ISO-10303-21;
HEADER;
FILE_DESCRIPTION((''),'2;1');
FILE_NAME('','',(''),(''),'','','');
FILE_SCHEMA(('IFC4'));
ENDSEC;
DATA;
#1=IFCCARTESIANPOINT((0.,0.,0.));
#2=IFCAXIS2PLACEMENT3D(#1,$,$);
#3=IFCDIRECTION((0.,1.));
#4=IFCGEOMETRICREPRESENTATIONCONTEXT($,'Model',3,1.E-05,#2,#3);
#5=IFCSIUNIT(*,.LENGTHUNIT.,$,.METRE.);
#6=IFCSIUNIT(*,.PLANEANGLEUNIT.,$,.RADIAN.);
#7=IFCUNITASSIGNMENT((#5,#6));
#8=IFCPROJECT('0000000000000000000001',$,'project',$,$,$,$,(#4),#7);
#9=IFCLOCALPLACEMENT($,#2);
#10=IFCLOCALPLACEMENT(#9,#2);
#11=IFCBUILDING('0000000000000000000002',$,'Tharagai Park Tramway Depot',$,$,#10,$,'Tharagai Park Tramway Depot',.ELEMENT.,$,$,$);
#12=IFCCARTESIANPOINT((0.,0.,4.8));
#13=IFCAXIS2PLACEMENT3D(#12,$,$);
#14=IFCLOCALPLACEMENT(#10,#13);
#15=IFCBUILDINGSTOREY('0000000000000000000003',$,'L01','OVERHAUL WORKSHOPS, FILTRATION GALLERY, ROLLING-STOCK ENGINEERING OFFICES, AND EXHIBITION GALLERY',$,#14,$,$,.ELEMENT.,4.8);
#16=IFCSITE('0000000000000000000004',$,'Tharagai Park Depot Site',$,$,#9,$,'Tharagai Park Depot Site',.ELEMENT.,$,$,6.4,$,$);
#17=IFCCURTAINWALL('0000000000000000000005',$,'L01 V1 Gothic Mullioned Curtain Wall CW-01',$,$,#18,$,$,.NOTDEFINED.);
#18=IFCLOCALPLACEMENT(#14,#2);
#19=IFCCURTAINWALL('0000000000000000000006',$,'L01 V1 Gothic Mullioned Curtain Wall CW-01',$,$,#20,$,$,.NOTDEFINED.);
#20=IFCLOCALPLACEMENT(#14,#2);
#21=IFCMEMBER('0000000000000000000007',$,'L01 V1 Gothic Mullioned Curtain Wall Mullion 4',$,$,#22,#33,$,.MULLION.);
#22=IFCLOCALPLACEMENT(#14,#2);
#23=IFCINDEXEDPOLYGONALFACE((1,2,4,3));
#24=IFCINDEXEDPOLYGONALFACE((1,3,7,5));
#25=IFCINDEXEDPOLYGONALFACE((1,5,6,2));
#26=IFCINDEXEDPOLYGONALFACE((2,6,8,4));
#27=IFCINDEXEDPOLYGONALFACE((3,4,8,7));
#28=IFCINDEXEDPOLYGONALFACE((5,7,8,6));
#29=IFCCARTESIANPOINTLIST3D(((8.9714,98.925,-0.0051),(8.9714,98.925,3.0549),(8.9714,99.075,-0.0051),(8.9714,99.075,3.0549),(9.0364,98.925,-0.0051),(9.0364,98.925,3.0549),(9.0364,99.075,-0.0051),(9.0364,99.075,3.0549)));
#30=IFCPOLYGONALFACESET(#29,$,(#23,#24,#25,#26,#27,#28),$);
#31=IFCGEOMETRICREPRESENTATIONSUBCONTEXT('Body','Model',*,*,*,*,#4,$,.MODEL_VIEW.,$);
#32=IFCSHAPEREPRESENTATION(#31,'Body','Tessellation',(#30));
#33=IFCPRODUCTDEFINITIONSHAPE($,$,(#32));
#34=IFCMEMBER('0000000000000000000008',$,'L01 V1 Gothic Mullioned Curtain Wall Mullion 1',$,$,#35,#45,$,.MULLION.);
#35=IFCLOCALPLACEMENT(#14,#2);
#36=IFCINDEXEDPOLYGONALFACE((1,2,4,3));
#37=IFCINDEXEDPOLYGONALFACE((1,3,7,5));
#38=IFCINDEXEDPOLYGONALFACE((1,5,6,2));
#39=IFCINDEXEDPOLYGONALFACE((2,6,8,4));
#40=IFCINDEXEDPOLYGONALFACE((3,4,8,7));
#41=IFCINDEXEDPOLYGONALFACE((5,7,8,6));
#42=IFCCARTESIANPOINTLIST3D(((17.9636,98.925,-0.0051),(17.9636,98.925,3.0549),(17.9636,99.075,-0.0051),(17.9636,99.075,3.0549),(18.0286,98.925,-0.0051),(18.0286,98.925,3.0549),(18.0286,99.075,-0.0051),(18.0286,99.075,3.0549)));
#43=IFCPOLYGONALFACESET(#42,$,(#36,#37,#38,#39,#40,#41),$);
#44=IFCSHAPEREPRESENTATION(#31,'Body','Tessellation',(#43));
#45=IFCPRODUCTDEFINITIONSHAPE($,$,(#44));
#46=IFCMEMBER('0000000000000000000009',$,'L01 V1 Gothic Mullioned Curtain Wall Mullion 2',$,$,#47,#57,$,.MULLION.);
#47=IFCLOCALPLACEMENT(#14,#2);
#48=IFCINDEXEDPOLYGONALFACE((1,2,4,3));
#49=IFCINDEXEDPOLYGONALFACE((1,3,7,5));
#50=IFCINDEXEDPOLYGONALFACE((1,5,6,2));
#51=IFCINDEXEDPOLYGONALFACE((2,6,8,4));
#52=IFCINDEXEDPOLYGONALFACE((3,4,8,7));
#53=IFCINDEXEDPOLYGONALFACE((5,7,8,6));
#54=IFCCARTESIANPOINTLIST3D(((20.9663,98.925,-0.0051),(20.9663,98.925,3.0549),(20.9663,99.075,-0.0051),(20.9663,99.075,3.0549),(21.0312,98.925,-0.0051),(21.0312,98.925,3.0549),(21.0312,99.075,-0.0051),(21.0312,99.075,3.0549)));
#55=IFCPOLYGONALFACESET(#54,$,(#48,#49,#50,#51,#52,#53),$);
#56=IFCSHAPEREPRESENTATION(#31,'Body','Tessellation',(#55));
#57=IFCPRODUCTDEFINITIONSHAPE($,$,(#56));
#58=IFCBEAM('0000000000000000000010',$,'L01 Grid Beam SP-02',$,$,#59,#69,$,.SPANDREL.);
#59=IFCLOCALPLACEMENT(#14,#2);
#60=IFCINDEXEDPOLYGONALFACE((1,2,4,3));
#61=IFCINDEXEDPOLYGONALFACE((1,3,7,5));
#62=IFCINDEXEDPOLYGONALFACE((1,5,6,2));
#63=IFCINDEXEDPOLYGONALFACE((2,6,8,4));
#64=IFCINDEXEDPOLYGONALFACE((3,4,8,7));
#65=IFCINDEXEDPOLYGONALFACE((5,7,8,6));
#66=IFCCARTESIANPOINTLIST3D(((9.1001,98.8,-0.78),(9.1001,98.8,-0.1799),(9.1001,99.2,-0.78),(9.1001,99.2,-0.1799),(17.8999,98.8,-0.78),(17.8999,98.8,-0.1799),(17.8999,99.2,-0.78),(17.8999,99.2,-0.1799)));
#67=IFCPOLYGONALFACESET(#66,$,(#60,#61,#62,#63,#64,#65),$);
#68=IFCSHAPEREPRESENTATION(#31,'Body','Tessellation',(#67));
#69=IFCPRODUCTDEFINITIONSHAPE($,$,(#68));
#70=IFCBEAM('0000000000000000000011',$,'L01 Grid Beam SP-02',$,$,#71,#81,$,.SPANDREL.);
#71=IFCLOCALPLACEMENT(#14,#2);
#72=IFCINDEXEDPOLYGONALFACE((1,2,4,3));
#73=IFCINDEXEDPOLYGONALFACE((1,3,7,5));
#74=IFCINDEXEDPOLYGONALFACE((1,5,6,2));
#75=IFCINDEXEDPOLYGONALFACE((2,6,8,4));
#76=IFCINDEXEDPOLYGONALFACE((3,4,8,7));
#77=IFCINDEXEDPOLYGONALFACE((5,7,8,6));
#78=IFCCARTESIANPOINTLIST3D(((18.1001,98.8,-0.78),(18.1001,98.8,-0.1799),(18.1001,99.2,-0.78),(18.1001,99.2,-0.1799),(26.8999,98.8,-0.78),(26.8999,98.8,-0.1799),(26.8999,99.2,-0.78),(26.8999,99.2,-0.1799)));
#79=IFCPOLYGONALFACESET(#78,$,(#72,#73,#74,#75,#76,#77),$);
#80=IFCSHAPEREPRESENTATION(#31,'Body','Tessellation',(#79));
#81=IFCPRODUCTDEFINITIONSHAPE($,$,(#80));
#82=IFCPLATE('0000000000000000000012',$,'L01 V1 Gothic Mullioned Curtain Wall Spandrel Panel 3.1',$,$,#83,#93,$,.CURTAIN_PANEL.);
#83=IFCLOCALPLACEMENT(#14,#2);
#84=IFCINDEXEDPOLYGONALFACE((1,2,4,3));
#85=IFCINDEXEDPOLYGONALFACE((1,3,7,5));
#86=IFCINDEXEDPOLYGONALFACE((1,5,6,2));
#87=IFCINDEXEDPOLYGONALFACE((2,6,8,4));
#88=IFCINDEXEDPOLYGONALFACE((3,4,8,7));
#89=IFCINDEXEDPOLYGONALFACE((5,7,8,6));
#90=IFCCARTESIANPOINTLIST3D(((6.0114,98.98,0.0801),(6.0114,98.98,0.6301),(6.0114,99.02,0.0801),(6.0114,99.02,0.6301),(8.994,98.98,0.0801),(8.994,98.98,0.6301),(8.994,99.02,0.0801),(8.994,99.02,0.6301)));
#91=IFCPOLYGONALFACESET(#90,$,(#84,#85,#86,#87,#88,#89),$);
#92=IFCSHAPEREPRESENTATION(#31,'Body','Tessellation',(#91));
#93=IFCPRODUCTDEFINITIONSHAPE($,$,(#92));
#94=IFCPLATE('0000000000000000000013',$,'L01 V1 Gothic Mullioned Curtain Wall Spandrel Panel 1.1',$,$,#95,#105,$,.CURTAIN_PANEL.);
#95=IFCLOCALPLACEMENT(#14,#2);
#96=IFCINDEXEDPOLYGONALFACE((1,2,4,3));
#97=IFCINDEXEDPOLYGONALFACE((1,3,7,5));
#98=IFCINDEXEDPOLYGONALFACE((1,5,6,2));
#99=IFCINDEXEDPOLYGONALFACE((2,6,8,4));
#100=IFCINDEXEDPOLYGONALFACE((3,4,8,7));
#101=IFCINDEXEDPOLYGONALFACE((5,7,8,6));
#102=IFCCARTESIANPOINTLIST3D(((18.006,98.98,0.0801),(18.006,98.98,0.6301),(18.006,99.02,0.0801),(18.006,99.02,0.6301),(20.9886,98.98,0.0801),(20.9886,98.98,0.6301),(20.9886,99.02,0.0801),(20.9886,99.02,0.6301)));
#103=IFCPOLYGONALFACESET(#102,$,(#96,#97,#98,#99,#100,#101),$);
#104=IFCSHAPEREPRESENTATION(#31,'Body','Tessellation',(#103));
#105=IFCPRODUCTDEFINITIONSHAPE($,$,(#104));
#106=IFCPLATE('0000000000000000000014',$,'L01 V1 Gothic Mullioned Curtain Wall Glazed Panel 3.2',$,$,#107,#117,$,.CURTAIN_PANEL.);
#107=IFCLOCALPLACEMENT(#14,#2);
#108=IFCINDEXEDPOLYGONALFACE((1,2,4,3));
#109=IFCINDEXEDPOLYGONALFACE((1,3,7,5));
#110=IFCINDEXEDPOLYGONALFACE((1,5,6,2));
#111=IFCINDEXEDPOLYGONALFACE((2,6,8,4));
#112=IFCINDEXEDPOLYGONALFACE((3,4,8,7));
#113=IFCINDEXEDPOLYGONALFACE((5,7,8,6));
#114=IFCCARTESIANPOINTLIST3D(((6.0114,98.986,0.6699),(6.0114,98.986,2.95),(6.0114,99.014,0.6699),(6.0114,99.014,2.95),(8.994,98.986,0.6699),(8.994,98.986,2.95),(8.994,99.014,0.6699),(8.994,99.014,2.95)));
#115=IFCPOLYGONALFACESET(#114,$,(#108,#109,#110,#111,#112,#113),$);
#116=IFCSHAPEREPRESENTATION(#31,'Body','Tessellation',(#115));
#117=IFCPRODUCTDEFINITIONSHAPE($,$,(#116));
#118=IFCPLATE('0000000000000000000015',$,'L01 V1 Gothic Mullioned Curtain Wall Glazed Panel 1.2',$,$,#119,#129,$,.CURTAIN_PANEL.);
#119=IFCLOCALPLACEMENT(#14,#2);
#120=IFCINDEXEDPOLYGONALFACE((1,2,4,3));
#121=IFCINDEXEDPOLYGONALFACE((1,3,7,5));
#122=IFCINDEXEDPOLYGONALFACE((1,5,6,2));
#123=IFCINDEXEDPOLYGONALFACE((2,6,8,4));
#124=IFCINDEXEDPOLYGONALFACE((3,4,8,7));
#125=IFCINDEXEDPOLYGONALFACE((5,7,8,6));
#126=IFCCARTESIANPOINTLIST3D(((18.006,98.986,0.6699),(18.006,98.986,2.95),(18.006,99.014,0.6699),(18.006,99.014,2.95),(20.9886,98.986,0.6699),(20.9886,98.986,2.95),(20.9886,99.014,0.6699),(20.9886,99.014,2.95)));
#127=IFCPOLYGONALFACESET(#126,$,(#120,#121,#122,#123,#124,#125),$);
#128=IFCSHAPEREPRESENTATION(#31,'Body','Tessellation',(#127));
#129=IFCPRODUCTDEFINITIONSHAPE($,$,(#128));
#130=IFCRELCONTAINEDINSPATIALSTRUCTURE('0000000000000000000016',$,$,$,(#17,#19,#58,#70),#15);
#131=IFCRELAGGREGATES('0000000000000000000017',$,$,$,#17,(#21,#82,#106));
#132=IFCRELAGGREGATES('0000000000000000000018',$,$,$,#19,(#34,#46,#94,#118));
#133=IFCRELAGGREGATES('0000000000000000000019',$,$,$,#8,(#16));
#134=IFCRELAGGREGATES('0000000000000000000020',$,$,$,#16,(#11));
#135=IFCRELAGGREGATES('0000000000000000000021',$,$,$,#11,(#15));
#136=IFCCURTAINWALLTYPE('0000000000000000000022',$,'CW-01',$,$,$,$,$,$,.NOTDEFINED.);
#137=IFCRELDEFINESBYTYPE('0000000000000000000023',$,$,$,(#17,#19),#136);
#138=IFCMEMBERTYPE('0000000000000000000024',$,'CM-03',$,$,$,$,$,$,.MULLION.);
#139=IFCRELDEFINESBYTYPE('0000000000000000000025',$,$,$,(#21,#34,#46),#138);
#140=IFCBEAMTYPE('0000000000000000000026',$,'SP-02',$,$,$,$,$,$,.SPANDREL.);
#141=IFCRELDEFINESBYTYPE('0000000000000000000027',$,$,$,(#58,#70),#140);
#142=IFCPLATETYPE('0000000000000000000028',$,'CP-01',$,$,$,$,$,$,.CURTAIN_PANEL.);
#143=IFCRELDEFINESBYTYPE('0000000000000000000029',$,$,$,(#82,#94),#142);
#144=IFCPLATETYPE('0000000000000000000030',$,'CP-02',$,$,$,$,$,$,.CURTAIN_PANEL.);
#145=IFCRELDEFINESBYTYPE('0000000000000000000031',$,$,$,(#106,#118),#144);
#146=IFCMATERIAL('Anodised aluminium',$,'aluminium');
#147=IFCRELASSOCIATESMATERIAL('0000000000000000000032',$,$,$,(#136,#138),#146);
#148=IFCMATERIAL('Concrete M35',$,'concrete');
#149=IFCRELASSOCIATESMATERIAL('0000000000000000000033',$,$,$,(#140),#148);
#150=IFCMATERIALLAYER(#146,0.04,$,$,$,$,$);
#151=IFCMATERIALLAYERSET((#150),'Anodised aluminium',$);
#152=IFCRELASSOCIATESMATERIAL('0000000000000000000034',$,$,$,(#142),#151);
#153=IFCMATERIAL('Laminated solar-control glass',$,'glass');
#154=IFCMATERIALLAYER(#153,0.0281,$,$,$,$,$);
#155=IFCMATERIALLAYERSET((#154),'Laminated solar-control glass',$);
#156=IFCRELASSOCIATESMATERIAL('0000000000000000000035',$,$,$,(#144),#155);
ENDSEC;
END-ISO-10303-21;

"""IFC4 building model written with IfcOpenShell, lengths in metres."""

from ifc_helpers import new_model, si_unit, direction, frame, origin, origin_2d, place, context, subcontext, project, spatial, rectangle, extrude, material, layer, layer_set, material_profile, profile_set, type_object, element, aggregate, save


model = new_model("IFC4")

# Units and contexts
model_context = context("Model", 3, precision=1e-05, world=origin(), true_north=direction((0.0, 1.0)))
body_context = subcontext(model_context, "Body", "Model", "MODEL_VIEW")
ifc_project = project(units=[si_unit("LENGTHUNIT", "METRE"), si_unit("PLANEANGLEUNIT", "RADIAN")], contexts=[model_context])

# Site, building, storey
site_placement = place(None, origin())
site = spatial("IfcSite", under=ifc_project, at=site_placement, Name="Tharagai Park Depot Site", LongName="Tharagai Park Depot Site", CompositionType="ELEMENT", RefElevation=6.4)
building_placement = place(site_placement, origin())
building = spatial("IfcBuilding", under=site, at=building_placement, Name="Tharagai Park Tramway Depot", LongName="Tharagai Park Tramway Depot", CompositionType="ELEMENT")
storey_placement = place(building_placement, frame((0.0, 0.0, 4.8)))
storey = spatial("IfcBuildingStorey", under=building, at=storey_placement, Name="L01", Description="OVERHAUL WORKSHOPS, FILTRATION GALLERY, ROLLING-STOCK ENGINEERING OFFICES, AND EXHIBITION GALLERY", CompositionType="ELEMENT", Elevation=4.8)

# Curtain walls
ifc_material_1 = material(Name="Anodised aluminium", Category="aluminium")
curtain_wall_type = type_object("IfcCurtainWallType", Name="CW-01", PredefinedType="NOTDEFINED", material=ifc_material_1)
curtain_wall_1_placement = place(storey_placement, origin())
curtain_wall_1 = element("IfcCurtainWall", 1, at=curtain_wall_1_placement, inside=storey, type_object=curtain_wall_type, Name="L01 V1 Gothic Mullioned Curtain Wall CW-01", PredefinedType="NOTDEFINED")
curtain_wall_2_placement = place(storey_placement, origin())
curtain_wall_2 = element("IfcCurtainWall", 2, at=curtain_wall_2_placement, inside=storey, type_object=curtain_wall_type, Name="L01 V1 Gothic Mullioned Curtain Wall CW-01", PredefinedType="NOTDEFINED")

# Members
ifc_material_profile_1 = material_profile(ifc_material_1, rectangle(XDim=0.0649, YDim=0.1499, at=origin_2d()), Name="ALU 65x150")
ifc_profile_set_1 = profile_set([ifc_material_profile_1], Name="Anodised aluminium")
member_type_1 = type_object("IfcMemberType", Name="CM-03", PredefinedType="MULLION", material=ifc_profile_set_1)
member_1_placement = place(storey_placement, frame((9.0039, 99.0, -0.0051), z_axis=(0.0, 0.0, 1.0), x_axis=(1.0, 0.0, 0.0)))
member_1 = element("IfcMember", 3, at=member_1_placement, type_object=member_type_1, Name="L01 V1 Gothic Mullioned Curtain Wall Mullion 4", PredefinedType="MULLION", context=body_context, shape_type="SweptSolid", body=[
    extrude(rectangle(XDim=0.0649, YDim=0.1499, at=origin_2d()), origin(), (0.0, 0.0, 1.0), 3.0601),
])
member_2_placement = place(storey_placement, frame((17.9961, 99.0, -0.0051), z_axis=(0.0, 0.0, 1.0), x_axis=(1.0, 0.0, 0.0)))
member_2 = element("IfcMember", 4, at=member_2_placement, type_object=member_type_1, Name="L01 V1 Gothic Mullioned Curtain Wall Mullion 1", PredefinedType="MULLION", context=body_context, shape_type="SweptSolid", body=[
    extrude(rectangle(XDim=0.0649, YDim=0.1499, at=origin_2d()), origin(), (0.0, 0.0, 1.0), 3.0601),
])
member_3_placement = place(storey_placement, frame((20.9988, 99.0, -0.0051), z_axis=(0.0, 0.0, 1.0), x_axis=(1.0, 0.0, 0.0)))
member_3 = element("IfcMember", 5, at=member_3_placement, type_object=member_type_1, Name="L01 V1 Gothic Mullioned Curtain Wall Mullion 2", PredefinedType="MULLION", context=body_context, shape_type="SweptSolid", body=[
    extrude(rectangle(XDim=0.0649, YDim=0.1499, at=origin_2d()), origin(), (0.0, 0.0, 1.0), 3.0601),
])

# Beams
ifc_material_2 = material(Name="Concrete M35", Category="concrete")
ifc_material_profile_2 = material_profile(ifc_material_2, rectangle(XDim=0.3999, YDim=0.6001, at=origin_2d()), Name="RC 400x600")
ifc_profile_set_2 = profile_set([ifc_material_profile_2], Name="Concrete M35")
beam_type = type_object("IfcBeamType", Name="SP-02", PredefinedType="SPANDREL", material=ifc_profile_set_2)
for number, where, z_axis, x_axis, name in (
    (6, (9.1001, 99.0, -0.48), (1.0, 0.0, 0.0), (0.0, 1.0, 0.0), "L01 Grid Beam SP-02"),
    (7, (18.1001, 99.0, -0.48), (1.0, 0.0, 0.0), (0.0, 1.0, 0.0), "L01 Grid Beam SP-02"),
):
    element("IfcBeam", number, at=place(storey_placement, frame(where, z_axis=z_axis, x_axis=x_axis)), inside=storey, type_object=beam_type, Name=name, PredefinedType="SPANDREL", context=body_context, shape_type="SweptSolid", body=[
        extrude(rectangle(XDim=0.3999, YDim=0.6001, at=origin_2d()), origin(), (0.0, 0.0, 1.0), 8.7998),
    ])

# Plates
ifc_layer_1 = layer(ifc_material_1, 0.04)
ifc_layer_set_1 = layer_set([ifc_layer_1], Name="Anodised aluminium")
plate_type_1 = type_object("IfcPlateType", Name="CP-01", PredefinedType="CURTAIN_PANEL", material=ifc_layer_set_1)
plate_1_placement = place(storey_placement, frame((7.5027, 99.0, 0.0801), z_axis=(0.0, 0.0, 1.0), x_axis=(1.0, 0.0, 0.0)))
plate_1 = element("IfcPlate", 8, at=plate_1_placement, type_object=plate_type_1, Name="L01 V1 Gothic Mullioned Curtain Wall Spandrel Panel 3.1", PredefinedType="CURTAIN_PANEL", context=body_context, shape_type="SweptSolid", body=[
    extrude(rectangle(XDim=2.9827, YDim=0.04, at=origin_2d()), origin(), (0.0, 0.0, 1.0), 0.55),
])
plate_2_placement = place(storey_placement, frame((19.4973, 99.0, 0.0801), z_axis=(0.0, 0.0, 1.0), x_axis=(1.0, 0.0, 0.0)))
plate_2 = element("IfcPlate", 9, at=plate_2_placement, type_object=plate_type_1, Name="L01 V1 Gothic Mullioned Curtain Wall Spandrel Panel 1.1", PredefinedType="CURTAIN_PANEL", context=body_context, shape_type="SweptSolid", body=[
    extrude(rectangle(XDim=2.9827, YDim=0.04, at=origin_2d()), origin(), (0.0, 0.0, 1.0), 0.55),
])
ifc_material_3 = material(Name="Laminated solar-control glass", Category="glass")
ifc_layer_2 = layer(ifc_material_3, 0.0281)
ifc_layer_set_2 = layer_set([ifc_layer_2], Name="Laminated solar-control glass")
plate_type_2 = type_object("IfcPlateType", Name="CP-02", PredefinedType="CURTAIN_PANEL", material=ifc_layer_set_2)
plate_3_placement = place(storey_placement, frame((7.5027, 99.0, 0.6699), z_axis=(0.0, 0.0, 1.0), x_axis=(1.0, 0.0, 0.0)))
plate_3 = element("IfcPlate", 10, at=plate_3_placement, type_object=plate_type_2, Name="L01 V1 Gothic Mullioned Curtain Wall Glazed Panel 3.2", PredefinedType="CURTAIN_PANEL", context=body_context, shape_type="SweptSolid", body=[
    extrude(rectangle(XDim=2.9827, YDim=0.0281, at=origin_2d()), origin(), (0.0, 0.0, 1.0), 2.28),
])
aggregate(curtain_wall_1, [member_1, plate_1, plate_3])
plate_4_placement = place(storey_placement, frame((19.4973, 99.0, 0.6699), z_axis=(0.0, 0.0, 1.0), x_axis=(1.0, 0.0, 0.0)))
plate_4 = element("IfcPlate", 11, at=plate_4_placement, type_object=plate_type_2, Name="L01 V1 Gothic Mullioned Curtain Wall Glazed Panel 1.2", PredefinedType="CURTAIN_PANEL", context=body_context, shape_type="SweptSolid", body=[
    extrude(rectangle(XDim=2.9827, YDim=0.0281, at=origin_2d()), origin(), (0.0, 0.0, 1.0), 2.28),
])
aggregate(curtain_wall_2, [member_2, member_3, plate_2, plate_4])

save(model, "model.ifc")
